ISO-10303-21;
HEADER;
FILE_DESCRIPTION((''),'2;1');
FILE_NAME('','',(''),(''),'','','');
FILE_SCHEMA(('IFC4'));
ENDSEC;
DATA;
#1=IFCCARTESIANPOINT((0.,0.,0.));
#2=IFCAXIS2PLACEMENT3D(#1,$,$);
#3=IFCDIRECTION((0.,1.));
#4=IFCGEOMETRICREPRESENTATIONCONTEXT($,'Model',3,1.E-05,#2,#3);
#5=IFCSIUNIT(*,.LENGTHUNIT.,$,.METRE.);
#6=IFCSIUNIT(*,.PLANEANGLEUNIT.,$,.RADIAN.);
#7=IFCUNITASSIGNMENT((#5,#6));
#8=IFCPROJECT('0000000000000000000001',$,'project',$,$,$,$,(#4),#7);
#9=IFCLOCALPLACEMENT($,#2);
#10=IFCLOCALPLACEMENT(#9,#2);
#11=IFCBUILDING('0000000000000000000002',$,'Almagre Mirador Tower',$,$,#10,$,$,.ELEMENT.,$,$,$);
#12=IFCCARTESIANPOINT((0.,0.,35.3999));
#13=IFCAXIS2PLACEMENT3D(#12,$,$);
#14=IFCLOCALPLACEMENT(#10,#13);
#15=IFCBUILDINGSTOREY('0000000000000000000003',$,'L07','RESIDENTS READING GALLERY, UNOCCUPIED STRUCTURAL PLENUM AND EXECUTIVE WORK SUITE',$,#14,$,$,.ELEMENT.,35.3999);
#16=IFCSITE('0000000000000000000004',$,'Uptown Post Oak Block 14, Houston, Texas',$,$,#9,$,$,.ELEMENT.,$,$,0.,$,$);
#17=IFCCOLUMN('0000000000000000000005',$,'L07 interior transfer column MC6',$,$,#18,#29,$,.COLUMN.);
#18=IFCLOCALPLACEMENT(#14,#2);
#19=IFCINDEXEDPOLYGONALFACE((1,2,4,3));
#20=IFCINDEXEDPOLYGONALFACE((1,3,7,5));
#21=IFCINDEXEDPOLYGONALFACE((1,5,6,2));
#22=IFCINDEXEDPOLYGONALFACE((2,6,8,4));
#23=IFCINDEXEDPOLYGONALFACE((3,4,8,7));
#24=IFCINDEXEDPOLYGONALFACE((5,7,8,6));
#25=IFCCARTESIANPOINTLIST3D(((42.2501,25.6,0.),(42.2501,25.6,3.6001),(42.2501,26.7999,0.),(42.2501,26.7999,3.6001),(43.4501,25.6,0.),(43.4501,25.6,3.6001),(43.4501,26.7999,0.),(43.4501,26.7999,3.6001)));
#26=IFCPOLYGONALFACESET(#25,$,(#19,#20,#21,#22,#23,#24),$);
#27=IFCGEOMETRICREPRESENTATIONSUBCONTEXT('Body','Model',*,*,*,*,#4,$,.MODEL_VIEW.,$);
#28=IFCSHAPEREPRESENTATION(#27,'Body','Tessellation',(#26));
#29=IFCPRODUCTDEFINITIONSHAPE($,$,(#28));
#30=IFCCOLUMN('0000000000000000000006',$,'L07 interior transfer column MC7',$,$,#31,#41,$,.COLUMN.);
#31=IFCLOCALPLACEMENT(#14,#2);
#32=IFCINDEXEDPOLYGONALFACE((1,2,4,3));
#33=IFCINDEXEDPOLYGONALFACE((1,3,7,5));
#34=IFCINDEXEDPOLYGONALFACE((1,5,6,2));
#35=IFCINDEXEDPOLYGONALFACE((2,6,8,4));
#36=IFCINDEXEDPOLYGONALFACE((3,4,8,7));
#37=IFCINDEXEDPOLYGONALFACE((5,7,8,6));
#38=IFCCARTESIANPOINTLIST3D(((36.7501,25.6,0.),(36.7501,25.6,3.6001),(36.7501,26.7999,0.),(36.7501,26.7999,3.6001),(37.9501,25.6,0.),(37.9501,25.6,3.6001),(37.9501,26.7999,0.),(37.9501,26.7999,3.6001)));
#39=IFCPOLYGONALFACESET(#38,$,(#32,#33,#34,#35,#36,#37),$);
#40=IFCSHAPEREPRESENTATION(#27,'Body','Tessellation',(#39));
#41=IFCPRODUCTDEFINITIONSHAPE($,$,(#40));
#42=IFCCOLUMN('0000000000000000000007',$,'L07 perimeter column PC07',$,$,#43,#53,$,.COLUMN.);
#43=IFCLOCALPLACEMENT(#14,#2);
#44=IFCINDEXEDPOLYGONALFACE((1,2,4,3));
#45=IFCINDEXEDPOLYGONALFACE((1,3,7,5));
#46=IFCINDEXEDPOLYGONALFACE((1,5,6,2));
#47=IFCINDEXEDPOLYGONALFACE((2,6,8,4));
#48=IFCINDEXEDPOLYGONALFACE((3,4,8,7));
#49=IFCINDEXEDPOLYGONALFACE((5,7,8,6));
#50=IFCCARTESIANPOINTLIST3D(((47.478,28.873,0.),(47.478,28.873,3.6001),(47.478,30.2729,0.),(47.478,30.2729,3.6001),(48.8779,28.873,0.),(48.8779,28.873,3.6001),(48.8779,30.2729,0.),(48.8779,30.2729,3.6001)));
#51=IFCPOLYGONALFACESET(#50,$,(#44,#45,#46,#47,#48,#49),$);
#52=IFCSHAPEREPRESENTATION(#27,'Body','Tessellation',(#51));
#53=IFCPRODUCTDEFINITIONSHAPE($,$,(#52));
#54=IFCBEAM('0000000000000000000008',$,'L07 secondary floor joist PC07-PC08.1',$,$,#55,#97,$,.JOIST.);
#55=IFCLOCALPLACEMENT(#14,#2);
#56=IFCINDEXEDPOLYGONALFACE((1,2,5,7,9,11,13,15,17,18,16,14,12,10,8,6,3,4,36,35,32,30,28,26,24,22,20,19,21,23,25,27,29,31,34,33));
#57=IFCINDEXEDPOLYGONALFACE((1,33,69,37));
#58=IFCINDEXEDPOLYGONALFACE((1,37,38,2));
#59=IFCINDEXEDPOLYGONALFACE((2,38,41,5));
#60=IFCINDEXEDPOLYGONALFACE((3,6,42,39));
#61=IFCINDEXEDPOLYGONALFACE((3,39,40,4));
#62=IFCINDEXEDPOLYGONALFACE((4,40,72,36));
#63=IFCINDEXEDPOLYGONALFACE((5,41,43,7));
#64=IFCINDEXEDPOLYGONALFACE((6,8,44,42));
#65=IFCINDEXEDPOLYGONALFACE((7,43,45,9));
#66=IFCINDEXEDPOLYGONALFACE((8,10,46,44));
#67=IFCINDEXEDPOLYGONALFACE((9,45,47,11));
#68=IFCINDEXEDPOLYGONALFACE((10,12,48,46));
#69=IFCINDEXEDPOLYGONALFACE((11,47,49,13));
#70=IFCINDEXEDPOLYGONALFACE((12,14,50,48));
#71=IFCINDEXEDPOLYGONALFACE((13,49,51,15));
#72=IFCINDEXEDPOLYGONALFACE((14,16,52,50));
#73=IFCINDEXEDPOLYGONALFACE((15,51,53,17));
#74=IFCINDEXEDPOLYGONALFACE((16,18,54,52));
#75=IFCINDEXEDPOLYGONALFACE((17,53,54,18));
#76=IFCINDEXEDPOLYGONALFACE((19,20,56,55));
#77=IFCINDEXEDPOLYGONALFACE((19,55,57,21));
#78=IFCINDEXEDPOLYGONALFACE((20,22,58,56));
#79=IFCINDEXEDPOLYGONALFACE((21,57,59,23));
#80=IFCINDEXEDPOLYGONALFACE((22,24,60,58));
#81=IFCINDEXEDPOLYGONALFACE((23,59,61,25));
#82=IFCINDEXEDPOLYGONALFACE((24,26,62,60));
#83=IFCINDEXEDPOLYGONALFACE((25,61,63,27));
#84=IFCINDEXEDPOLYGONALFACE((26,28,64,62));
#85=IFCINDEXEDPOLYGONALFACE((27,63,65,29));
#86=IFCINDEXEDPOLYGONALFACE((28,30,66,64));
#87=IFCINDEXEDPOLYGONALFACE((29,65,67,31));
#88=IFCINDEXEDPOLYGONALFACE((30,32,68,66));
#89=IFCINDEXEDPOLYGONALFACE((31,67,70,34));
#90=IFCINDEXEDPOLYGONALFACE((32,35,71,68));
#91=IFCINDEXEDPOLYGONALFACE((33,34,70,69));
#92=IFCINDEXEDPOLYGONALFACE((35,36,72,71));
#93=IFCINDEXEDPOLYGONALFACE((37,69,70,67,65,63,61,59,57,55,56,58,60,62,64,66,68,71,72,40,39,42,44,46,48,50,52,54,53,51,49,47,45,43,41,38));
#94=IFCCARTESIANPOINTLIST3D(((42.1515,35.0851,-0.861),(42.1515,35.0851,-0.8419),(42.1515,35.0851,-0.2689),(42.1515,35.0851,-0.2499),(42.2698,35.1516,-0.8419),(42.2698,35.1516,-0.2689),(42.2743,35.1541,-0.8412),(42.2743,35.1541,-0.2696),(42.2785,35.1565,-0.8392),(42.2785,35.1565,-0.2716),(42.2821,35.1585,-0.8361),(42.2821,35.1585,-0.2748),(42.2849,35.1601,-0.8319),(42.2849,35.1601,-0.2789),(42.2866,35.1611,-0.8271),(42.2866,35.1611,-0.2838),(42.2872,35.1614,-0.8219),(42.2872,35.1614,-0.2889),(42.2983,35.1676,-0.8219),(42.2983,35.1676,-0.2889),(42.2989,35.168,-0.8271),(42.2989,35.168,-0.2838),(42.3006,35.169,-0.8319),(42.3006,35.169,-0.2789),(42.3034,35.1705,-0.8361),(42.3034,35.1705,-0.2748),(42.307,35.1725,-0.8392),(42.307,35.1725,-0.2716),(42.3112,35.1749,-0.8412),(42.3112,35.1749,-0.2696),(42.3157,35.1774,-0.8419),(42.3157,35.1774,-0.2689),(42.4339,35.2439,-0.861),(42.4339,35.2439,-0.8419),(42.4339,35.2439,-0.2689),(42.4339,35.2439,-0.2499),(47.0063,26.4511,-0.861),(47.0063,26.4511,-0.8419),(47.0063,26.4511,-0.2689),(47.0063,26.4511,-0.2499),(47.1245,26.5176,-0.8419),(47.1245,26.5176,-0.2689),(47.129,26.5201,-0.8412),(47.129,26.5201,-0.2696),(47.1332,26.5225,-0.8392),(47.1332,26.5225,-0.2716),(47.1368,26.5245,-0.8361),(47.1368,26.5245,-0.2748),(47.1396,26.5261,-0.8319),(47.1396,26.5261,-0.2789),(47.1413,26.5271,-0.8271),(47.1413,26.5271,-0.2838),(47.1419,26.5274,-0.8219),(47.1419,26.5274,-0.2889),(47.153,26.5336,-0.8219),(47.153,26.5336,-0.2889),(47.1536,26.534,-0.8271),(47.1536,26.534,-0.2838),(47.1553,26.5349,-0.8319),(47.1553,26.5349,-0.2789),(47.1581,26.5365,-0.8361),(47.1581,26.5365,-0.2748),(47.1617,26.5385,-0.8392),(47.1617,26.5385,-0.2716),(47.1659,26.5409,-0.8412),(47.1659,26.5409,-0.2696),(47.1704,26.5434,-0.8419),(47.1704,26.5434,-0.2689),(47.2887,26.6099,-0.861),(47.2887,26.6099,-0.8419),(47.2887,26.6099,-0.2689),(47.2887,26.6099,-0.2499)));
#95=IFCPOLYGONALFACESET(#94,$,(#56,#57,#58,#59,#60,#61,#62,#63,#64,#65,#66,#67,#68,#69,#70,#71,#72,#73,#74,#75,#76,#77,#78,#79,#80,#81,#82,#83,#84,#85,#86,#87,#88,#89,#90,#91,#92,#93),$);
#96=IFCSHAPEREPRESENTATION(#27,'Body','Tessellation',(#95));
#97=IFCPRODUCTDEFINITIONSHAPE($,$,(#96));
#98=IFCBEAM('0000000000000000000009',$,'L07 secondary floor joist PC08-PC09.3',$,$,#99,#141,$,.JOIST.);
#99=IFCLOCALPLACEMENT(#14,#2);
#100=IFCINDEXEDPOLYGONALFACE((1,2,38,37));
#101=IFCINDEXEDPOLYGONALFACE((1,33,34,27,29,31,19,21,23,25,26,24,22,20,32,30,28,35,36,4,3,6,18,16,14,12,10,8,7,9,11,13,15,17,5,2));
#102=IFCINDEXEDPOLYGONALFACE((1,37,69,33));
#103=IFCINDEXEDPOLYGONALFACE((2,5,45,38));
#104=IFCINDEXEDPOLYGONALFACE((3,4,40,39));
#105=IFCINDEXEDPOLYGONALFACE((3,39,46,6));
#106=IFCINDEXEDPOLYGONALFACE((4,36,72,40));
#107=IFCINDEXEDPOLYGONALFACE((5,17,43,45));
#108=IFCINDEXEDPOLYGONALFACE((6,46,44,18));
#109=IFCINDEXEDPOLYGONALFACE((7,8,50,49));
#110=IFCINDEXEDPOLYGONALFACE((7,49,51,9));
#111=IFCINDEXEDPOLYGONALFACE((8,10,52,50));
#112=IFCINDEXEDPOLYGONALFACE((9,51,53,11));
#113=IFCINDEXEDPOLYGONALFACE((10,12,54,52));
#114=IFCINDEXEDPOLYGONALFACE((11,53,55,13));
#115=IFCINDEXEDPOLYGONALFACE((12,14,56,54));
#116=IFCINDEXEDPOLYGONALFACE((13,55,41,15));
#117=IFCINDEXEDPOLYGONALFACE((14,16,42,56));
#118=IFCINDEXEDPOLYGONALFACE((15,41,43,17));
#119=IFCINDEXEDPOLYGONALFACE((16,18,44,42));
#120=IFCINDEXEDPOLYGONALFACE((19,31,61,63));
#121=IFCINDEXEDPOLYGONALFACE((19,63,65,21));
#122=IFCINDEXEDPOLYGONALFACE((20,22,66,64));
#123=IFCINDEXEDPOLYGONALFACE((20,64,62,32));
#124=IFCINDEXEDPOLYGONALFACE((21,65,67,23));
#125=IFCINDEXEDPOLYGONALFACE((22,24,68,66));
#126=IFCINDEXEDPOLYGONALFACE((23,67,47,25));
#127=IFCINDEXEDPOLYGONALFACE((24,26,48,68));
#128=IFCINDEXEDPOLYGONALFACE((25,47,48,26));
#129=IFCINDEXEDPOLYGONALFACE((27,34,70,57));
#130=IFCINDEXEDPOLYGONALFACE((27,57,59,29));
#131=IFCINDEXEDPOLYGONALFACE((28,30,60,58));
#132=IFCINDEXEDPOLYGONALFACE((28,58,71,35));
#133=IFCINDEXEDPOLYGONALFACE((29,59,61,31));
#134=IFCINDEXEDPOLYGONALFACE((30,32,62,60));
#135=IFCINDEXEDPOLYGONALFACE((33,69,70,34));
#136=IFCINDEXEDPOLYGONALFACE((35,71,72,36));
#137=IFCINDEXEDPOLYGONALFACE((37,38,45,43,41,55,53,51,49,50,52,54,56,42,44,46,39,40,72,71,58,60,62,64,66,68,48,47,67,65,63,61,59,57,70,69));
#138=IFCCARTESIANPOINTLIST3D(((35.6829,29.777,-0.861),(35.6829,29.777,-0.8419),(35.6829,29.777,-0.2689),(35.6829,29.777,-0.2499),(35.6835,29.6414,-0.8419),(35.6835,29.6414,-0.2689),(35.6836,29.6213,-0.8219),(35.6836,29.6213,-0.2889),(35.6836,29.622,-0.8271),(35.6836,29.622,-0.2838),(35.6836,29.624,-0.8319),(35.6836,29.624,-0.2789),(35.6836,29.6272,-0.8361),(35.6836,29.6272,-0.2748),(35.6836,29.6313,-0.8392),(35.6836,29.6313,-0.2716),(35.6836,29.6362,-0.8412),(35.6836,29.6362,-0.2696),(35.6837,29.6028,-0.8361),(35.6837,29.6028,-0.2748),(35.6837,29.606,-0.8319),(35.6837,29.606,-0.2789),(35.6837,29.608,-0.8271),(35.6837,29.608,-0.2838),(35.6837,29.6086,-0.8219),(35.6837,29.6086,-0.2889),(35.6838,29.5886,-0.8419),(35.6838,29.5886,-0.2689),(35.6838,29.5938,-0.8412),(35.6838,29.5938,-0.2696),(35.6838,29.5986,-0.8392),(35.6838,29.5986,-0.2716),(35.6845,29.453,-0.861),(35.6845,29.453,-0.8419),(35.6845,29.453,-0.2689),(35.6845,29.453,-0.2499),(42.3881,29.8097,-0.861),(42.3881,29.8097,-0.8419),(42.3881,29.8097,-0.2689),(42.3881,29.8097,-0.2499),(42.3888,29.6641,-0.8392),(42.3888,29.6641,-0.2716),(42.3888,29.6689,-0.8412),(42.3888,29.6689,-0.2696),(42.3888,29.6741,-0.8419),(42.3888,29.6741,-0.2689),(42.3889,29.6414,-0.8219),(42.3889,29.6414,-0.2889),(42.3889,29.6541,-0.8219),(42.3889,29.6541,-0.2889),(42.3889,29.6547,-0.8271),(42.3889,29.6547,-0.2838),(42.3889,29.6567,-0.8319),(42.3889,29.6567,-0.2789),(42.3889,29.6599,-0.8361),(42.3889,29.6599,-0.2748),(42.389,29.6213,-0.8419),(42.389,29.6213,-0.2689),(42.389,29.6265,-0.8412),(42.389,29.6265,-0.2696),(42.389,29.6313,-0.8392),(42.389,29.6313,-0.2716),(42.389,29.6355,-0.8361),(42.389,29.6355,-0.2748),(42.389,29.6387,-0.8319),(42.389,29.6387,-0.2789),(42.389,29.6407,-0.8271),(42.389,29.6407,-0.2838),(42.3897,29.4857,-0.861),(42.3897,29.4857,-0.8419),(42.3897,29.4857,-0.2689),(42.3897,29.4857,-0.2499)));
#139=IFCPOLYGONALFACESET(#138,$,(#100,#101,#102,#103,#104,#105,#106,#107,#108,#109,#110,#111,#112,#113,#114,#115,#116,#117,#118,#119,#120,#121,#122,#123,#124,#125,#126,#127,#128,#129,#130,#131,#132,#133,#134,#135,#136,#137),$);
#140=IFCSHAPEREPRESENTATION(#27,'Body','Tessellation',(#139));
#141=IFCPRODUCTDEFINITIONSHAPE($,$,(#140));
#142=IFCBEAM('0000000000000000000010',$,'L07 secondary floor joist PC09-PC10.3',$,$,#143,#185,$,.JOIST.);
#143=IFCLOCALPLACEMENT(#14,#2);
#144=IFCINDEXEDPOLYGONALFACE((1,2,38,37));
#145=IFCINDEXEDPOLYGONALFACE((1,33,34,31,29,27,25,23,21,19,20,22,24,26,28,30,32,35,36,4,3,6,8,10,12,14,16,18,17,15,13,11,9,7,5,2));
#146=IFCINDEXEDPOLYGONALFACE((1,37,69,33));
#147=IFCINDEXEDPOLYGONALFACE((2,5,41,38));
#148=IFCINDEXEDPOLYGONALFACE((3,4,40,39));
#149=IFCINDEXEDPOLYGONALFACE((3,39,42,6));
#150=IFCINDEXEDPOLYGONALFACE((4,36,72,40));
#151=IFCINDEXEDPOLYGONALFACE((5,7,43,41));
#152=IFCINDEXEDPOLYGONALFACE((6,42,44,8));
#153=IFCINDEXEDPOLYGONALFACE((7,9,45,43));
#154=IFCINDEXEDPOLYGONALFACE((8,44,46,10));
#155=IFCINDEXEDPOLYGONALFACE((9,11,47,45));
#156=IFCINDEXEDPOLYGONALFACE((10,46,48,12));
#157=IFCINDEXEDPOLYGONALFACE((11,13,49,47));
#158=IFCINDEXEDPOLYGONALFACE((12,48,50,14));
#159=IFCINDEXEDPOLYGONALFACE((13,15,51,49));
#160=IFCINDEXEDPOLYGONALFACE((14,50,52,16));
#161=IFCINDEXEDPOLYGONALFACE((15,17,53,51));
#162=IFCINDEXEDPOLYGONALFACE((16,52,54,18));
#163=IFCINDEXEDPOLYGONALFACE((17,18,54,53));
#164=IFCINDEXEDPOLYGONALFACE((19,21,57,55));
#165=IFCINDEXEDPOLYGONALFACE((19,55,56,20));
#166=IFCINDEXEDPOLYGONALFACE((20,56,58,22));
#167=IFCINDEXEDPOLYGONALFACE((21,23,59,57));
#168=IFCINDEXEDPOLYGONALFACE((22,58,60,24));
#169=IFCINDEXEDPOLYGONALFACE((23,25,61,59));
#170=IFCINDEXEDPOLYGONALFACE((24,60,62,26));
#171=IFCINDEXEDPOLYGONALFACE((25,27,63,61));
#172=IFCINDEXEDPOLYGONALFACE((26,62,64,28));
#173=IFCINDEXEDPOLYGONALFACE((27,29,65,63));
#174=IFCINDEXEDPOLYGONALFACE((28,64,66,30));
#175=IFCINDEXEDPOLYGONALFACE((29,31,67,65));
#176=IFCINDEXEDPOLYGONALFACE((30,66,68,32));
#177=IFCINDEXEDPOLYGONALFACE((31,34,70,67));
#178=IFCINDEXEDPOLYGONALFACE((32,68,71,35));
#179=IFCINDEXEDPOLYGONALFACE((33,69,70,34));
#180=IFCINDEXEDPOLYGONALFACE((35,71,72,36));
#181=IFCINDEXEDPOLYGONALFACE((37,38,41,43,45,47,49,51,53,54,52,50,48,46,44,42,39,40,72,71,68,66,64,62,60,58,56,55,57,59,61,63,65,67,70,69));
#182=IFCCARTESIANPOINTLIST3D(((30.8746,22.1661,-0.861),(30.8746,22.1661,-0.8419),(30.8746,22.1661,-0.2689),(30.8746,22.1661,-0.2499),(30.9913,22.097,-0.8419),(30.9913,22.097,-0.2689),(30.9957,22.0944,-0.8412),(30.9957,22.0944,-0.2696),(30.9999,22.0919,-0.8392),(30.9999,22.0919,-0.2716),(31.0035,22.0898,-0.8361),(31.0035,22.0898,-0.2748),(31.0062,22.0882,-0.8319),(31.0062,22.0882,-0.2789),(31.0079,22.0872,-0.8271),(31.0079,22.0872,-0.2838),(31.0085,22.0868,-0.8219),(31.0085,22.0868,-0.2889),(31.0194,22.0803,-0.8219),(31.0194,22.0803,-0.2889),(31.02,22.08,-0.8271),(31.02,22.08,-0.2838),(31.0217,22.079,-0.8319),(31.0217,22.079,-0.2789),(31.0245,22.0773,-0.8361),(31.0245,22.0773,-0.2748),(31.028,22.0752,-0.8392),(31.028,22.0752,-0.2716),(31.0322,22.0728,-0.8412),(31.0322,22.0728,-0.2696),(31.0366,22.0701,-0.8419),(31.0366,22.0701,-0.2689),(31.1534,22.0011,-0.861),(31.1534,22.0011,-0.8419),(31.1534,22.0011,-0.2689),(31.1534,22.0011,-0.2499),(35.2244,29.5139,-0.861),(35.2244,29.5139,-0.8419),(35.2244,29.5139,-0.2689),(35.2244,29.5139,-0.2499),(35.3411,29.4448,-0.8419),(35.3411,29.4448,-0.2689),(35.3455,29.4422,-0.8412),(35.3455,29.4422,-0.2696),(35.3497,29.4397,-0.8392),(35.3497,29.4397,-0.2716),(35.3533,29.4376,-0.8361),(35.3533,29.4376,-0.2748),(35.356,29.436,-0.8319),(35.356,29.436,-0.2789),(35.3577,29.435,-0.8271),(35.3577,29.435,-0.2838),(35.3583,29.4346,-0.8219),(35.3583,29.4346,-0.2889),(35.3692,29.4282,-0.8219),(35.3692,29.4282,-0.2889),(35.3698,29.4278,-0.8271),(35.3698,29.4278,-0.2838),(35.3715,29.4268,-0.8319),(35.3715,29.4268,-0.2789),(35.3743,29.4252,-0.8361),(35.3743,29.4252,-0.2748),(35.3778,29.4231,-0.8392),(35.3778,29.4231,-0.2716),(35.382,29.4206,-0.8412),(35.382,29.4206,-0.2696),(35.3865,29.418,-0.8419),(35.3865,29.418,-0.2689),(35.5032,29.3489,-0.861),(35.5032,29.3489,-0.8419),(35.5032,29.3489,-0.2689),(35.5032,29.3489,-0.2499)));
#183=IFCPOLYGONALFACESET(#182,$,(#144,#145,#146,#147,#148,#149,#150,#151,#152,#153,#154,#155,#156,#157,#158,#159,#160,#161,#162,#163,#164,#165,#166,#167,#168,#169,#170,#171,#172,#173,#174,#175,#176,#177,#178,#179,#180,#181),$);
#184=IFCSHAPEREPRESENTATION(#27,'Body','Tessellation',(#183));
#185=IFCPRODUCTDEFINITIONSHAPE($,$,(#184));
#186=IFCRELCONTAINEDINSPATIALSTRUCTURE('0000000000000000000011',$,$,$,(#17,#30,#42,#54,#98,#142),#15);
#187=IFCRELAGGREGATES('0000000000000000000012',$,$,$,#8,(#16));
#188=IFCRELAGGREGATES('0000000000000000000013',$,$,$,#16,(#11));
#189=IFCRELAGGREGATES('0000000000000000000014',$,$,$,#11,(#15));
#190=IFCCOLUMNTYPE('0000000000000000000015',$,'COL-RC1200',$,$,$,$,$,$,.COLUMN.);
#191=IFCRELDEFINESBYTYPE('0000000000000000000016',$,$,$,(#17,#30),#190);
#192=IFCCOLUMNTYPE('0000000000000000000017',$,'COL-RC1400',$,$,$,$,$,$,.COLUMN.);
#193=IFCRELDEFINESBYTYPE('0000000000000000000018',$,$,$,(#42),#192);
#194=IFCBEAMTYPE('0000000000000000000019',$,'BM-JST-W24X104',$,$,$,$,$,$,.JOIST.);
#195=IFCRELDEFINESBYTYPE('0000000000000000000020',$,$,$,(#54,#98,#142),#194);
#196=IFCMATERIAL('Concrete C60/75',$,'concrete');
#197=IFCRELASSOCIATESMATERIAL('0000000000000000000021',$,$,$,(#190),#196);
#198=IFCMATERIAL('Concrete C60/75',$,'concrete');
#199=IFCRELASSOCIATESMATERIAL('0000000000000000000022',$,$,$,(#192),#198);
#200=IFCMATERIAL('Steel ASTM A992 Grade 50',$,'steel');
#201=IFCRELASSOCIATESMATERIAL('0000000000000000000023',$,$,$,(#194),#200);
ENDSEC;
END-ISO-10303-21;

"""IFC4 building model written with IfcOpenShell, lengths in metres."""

from ifc_helpers import new_model, si_unit, direction, frame, origin, origin_2d, place, context, subcontext, project, spatial, rectangle, i_section, extrude, material, material_profile, profile_set, type_object, element, save


model = new_model("IFC4")

# Units and contexts
model_context = context("Model", 3, precision=1e-05, world=origin(), true_north=direction((0.0, 1.0)))
body_context = subcontext(model_context, "Body", "Model", "MODEL_VIEW")
ifc_project = project(units=[si_unit("LENGTHUNIT", "METRE"), si_unit("PLANEANGLEUNIT", "RADIAN")], contexts=[model_context])

# Site, building, storey
site_placement = place(None, origin())
site = spatial("IfcSite", under=ifc_project, at=site_placement, Name="Uptown Post Oak Block 14, Houston, Texas", CompositionType="ELEMENT", RefElevation=0.0)
building_placement = place(site_placement, origin())
building = spatial("IfcBuilding", under=site, at=building_placement, Name="Almagre Mirador Tower", CompositionType="ELEMENT")
storey_placement = place(building_placement, frame((0.0, 0.0, 35.3999)))
storey = spatial("IfcBuildingStorey", under=building, at=storey_placement, Name="L07", Description="RESIDENTS READING GALLERY, UNOCCUPIED STRUCTURAL PLENUM AND EXECUTIVE WORK SUITE", CompositionType="ELEMENT", Elevation=35.3999)

# Columns
ifc_material_1 = material(Name="Concrete C60/75", Category="concrete")
ifc_material_profile_1 = material_profile(ifc_material_1, rectangle(XDim=1.2, YDim=1.2, at=origin_2d()), Name="RC1200X1200")
ifc_profile_set_1 = profile_set([ifc_material_profile_1], Name="Concrete C60/75")
column_type_1 = type_object("IfcColumnType", Name="COL-RC1200", PredefinedType="COLUMN", material=ifc_profile_set_1)
for number, where, z_axis, x_axis, name in (
    (1, (42.8501, 26.2, 0.0), (0.0, 0.0, 1.0), (1.0, 0.0, 0.0), "L07 interior transfer column MC6"),
    (2, (37.3501, 26.2, 0.0), (0.0, 0.0, 1.0), (1.0, 0.0, 0.0), "L07 interior transfer column MC7"),
):
    element("IfcColumn", number, at=place(storey_placement, frame(where, z_axis=z_axis, x_axis=x_axis)), inside=storey, type_object=column_type_1, Name=name, PredefinedType="COLUMN", context=body_context, shape_type="SweptSolid", body=[
        extrude(rectangle(XDim=1.2, YDim=1.2, at=origin_2d()), origin(), (0.0, 0.0, 1.0), 3.6001),
    ])
ifc_material_2 = material(Name="Concrete C60/75", Category="concrete")
ifc_material_profile_2 = material_profile(ifc_material_2, rectangle(XDim=1.3999, YDim=1.3999, at=origin_2d()), Name="RC1400X1400")
ifc_profile_set_2 = profile_set([ifc_material_profile_2], Name="Concrete C60/75")
column_type_2 = type_object("IfcColumnType", Name="COL-RC1400", PredefinedType="COLUMN", material=ifc_profile_set_2)
column_placement = place(storey_placement, frame((48.178, 29.573, 0.0), z_axis=(0.0, 0.0, 1.0), x_axis=(1.0, 0.0, 0.0)))
element("IfcColumn", 3, at=column_placement, inside=storey, type_object=column_type_2, Name="L07 perimeter column PC07", PredefinedType="COLUMN", context=body_context, shape_type="SweptSolid", body=[
    extrude(rectangle(XDim=1.3999, YDim=1.3999, at=origin_2d()), origin(), (0.0, 0.0, 1.0), 3.6001),
])

# Beams
ifc_material_3 = material(Name="Steel ASTM A992 Grade 50", Category="steel")
ifc_material_profile_3 = material_profile(ifc_material_3, i_section(OverallWidth=0.324, OverallDepth=0.6111, WebThickness=0.0127, FlangeThickness=0.019, FilletRadius=0.02, at=origin_2d()), Name="W24X104")
ifc_profile_set_3 = profile_set([ifc_material_profile_3], Name="Steel ASTM A992 Grade 50")
beam_type_1 = type_object("IfcBeamType", Name="BM-JST-W24X104", PredefinedType="JOIST", material=ifc_profile_set_3)
beam_1_placement = place(storey_placement, frame((47.1475, 26.5305, -0.5554), z_axis=(-0.490115, 0.871658, 0.0), x_axis=(-0.871658, -0.490115, 0.0)))
element("IfcBeam", 4, at=beam_1_placement, inside=storey, type_object=beam_type_1, Name="L07 secondary floor joist PC07-PC08.1", PredefinedType="JOIST", context=body_context, shape_type="SweptSolid", body=[
    extrude(i_section(OverallWidth=0.324, OverallDepth=0.6111, WebThickness=0.0127, FlangeThickness=0.019, FilletRadius=0.02, at=origin_2d()), origin(), (0.0, 0.0, 1.0), 9.9053),
])
beam_2_placement = place(storey_placement, frame((42.3889, 29.6477, -0.5554), z_axis=(-0.999988, -0.004879, 0.0), x_axis=(0.004879, -0.999988, 0.0)))
element("IfcBeam", 5, at=beam_2_placement, inside=storey, type_object=beam_type_1, Name="L07 secondary floor joist PC08-PC09.3", PredefinedType="JOIST", context=body_context, shape_type="SweptSolid", body=[
    extrude(i_section(OverallWidth=0.324, OverallDepth=0.6111, WebThickness=0.0127, FlangeThickness=0.019, FilletRadius=0.02, at=origin_2d()), origin(), (0.0, 0.0, 1.0), 6.7053),
])
beam_3_placement = place(storey_placement, frame((35.3638, 29.4314, -0.5554), z_axis=(-0.509416, -0.86052, 0.0), x_axis=(0.86052, -0.509416, 0.0)))
element("IfcBeam", 6, at=beam_3_placement, inside=storey, type_object=beam_type_1, Name="L07 secondary floor joist PC09-PC10.3", PredefinedType="JOIST", context=body_context, shape_type="SweptSolid", body=[
    extrude(i_section(OverallWidth=0.324, OverallDepth=0.6111, WebThickness=0.0127, FlangeThickness=0.019, FilletRadius=0.02, at=origin_2d()), origin(), (0.0, 0.0, 1.0), 8.5388),
])

save(model, "model.ifc")
